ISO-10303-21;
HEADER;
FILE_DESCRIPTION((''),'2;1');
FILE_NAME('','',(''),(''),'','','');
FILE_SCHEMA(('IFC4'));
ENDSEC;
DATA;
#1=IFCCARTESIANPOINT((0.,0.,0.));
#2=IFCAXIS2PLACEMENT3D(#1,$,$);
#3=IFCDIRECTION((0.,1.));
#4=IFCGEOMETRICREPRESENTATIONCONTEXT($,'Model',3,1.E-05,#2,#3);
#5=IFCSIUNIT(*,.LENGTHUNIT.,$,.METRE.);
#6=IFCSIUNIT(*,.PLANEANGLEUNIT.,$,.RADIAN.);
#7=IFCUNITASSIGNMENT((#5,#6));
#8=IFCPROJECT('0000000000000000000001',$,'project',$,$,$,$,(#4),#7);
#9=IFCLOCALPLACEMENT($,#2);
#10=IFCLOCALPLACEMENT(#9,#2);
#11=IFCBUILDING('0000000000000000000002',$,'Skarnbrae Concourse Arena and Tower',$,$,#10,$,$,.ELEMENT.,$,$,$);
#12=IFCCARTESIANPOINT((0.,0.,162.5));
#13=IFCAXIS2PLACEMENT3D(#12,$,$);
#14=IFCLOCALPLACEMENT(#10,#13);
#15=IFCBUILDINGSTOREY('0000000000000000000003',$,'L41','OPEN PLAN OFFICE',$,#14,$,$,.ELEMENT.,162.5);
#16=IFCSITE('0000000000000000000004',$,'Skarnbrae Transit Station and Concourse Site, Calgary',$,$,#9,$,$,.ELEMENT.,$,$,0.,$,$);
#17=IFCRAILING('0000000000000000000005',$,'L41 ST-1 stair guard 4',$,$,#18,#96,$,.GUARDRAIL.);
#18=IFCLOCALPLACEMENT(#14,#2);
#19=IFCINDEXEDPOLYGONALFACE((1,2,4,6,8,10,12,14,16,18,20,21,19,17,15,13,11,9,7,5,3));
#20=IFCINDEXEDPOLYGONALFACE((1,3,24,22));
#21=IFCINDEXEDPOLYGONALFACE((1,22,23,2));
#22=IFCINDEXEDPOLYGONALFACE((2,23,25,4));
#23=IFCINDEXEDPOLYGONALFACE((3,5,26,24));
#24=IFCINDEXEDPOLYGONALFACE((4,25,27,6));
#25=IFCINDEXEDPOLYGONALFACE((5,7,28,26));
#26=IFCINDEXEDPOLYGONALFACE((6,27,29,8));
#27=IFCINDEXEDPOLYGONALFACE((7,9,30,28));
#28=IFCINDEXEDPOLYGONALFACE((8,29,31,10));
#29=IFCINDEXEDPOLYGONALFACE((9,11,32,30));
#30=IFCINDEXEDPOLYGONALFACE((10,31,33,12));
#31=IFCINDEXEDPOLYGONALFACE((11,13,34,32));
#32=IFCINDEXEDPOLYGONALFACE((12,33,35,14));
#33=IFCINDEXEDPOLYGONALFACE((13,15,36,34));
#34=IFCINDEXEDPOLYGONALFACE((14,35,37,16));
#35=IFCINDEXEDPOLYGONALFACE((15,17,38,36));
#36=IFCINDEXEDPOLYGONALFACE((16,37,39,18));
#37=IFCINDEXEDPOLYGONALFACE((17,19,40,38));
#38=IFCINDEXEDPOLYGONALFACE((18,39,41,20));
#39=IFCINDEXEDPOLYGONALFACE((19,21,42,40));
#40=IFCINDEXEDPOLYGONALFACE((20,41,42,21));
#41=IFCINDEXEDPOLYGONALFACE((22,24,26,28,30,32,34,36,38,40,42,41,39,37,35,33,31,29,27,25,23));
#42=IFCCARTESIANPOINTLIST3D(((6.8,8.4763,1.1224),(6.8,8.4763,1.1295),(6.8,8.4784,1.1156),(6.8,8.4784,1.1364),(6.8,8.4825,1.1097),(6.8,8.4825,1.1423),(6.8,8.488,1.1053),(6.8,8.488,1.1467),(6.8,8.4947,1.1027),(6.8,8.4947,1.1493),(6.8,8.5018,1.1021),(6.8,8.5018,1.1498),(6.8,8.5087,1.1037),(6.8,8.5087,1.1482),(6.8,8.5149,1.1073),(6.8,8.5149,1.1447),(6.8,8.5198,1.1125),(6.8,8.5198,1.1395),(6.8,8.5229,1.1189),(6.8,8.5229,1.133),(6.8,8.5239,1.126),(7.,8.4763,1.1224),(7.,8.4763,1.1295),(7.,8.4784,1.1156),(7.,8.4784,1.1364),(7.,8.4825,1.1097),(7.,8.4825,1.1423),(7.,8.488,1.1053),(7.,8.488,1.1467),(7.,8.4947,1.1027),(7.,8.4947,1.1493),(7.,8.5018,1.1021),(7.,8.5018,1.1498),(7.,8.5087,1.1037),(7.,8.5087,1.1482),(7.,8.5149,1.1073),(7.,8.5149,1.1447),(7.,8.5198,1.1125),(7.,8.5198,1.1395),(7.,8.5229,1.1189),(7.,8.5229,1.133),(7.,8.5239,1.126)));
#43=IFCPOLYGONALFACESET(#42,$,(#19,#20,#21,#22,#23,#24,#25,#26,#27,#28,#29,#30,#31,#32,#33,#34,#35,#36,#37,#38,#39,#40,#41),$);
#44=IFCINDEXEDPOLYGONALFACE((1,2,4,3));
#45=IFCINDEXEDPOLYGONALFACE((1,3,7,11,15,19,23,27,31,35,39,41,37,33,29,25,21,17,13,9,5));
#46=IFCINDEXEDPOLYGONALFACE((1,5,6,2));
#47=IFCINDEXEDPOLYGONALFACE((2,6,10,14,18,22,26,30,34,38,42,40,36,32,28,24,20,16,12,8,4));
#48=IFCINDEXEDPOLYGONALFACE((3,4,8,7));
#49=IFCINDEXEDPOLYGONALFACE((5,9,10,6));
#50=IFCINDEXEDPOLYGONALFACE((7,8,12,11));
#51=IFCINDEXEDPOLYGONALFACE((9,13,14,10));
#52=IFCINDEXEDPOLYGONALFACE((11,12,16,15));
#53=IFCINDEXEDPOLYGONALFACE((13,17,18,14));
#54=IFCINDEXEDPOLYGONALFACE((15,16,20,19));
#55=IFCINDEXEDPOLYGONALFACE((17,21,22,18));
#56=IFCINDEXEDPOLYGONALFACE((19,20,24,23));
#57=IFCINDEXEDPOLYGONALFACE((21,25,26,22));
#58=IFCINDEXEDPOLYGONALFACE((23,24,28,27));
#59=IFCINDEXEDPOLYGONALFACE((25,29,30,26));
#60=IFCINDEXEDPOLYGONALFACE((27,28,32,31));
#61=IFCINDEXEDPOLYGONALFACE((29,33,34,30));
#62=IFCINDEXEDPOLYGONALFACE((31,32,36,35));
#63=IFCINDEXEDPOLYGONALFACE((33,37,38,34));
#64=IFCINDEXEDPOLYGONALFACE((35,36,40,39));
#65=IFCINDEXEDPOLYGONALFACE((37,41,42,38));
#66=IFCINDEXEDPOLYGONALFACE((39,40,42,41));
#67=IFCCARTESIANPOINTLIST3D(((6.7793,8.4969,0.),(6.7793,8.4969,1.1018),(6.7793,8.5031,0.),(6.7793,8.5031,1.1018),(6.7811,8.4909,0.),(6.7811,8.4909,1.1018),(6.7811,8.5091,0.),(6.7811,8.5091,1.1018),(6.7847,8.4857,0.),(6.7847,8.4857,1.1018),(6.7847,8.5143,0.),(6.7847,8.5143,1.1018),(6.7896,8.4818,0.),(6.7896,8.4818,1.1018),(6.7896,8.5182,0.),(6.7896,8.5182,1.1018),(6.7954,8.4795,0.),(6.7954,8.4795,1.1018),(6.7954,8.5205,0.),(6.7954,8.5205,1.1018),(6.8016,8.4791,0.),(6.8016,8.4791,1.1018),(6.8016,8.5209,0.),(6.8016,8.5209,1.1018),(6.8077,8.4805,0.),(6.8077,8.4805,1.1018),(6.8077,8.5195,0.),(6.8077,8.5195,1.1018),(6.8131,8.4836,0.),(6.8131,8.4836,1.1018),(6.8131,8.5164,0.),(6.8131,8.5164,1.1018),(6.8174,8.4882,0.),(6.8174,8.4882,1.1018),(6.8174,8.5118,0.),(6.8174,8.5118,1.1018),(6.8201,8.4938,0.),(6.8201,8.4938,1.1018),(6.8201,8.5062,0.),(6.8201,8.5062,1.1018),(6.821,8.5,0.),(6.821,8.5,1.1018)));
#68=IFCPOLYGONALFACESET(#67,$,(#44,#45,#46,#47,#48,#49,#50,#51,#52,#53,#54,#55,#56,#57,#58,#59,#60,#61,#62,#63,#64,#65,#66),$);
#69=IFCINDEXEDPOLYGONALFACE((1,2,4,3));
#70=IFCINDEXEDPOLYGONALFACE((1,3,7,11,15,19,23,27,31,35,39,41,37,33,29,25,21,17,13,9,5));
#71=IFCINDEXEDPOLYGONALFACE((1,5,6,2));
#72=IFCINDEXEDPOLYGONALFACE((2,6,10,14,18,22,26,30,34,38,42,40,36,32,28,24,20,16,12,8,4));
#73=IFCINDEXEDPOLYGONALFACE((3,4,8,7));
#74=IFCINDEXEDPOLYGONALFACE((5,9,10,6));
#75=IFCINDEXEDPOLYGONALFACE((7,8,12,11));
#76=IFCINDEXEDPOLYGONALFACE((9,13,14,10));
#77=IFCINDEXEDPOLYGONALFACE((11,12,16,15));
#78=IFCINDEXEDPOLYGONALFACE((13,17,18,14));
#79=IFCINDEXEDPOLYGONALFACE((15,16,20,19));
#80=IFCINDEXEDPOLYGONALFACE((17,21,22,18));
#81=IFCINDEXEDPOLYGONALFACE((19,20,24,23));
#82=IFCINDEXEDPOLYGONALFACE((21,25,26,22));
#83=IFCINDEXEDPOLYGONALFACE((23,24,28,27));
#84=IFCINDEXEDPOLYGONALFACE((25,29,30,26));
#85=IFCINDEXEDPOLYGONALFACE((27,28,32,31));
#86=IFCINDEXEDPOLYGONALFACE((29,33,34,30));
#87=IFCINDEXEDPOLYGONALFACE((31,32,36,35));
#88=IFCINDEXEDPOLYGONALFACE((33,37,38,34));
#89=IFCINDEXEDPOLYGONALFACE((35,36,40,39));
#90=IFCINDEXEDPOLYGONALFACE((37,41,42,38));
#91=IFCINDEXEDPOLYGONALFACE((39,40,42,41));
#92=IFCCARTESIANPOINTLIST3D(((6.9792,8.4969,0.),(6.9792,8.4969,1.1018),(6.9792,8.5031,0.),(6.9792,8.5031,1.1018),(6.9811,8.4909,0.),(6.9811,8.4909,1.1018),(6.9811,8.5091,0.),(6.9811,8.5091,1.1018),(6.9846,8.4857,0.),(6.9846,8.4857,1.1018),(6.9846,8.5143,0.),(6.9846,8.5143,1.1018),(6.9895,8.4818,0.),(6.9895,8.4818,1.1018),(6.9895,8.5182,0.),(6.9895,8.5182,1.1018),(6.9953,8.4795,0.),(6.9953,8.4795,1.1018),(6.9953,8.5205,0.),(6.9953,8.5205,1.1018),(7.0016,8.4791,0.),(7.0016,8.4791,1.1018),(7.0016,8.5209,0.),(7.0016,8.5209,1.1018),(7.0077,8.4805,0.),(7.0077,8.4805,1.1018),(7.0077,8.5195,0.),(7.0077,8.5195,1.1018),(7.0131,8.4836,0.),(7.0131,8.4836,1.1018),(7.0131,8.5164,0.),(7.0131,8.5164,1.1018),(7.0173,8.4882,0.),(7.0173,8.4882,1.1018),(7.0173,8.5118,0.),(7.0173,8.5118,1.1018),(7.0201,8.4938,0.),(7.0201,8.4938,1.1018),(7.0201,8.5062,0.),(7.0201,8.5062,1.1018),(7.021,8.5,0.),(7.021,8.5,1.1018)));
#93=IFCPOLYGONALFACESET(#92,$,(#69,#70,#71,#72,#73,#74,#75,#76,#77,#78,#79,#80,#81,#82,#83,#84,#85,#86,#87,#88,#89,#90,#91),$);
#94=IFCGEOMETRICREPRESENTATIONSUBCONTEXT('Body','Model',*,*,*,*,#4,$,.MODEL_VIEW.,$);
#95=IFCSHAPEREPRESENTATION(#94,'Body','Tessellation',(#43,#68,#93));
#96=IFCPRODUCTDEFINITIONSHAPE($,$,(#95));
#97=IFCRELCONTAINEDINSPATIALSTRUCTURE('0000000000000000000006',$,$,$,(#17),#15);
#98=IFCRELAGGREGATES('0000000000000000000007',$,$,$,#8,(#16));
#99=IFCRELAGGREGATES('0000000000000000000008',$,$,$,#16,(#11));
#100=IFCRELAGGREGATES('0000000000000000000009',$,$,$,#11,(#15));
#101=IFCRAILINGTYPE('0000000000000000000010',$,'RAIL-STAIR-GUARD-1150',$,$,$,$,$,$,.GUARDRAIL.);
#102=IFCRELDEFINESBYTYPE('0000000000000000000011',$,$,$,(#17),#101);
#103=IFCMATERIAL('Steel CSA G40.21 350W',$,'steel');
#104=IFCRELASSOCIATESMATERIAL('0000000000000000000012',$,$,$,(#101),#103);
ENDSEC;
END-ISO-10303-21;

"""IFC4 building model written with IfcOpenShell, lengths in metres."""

from ifc_helpers import new_model, si_unit, direction, frame, origin, origin_2d, place, context, subcontext, project, spatial, circle, extrude, material, type_object, element, save


model = new_model("IFC4")

# Units and contexts
model_context = context("Model", 3, precision=1e-05, world=origin(), true_north=direction((0.0, 1.0)))
body_context = subcontext(model_context, "Body", "Model", "MODEL_VIEW")
ifc_project = project(units=[si_unit("LENGTHUNIT", "METRE"), si_unit("PLANEANGLEUNIT", "RADIAN")], contexts=[model_context])

# Site, building, storey
site_placement = place(None, origin())
site = spatial("IfcSite", under=ifc_project, at=site_placement, Name="Skarnbrae Transit Station and Concourse Site, Calgary", CompositionType="ELEMENT", RefElevation=0.0)
building_placement = place(site_placement, origin())
building = spatial("IfcBuilding", under=site, at=building_placement, Name="Skarnbrae Concourse Arena and Tower", CompositionType="ELEMENT")
storey_placement = place(building_placement, frame((0.0, 0.0, 162.5)))
storey = spatial("IfcBuildingStorey", under=building, at=storey_placement, Name="L41", Description="OPEN PLAN OFFICE", CompositionType="ELEMENT", Elevation=162.5)

# Railing
ifc_material_1 = material(Name="Steel CSA G40.21 350W", Category="steel")
railing_type_1 = type_object("IfcRailingType", Name="RAIL-STAIR-GUARD-1150", PredefinedType="GUARDRAIL", material=ifc_material_1)
railing_1_placement = place(storey_placement, frame((6.8, 8.5, 0.0)))
element("IfcRailing", 1, at=railing_1_placement, inside=storey, type_object=railing_type_1, Name="L41 ST-1 stair guard 4", PredefinedType="GUARDRAIL", context=body_context, shape_type="SweptSolid", body=[
    extrude(circle(Radius=0.0239, at=origin_2d()), frame((0.0, 0.0, 1.126), z_axis=(1.0, 0.0, 0.0), x_axis=(0.0, 1.0, 0.0)), (0.0, 0.0, 1.0), 0.2),
    extrude(circle(Radius=0.021, at=origin_2d()), origin(), (0.0, 0.0, 1.0), 1.1018),
    extrude(circle(Radius=0.021, at=origin_2d()), frame((0.2, 0.0, 0.0)), (0.0, 0.0, 1.0), 1.1018),
])

save(model, "model.ifc")
